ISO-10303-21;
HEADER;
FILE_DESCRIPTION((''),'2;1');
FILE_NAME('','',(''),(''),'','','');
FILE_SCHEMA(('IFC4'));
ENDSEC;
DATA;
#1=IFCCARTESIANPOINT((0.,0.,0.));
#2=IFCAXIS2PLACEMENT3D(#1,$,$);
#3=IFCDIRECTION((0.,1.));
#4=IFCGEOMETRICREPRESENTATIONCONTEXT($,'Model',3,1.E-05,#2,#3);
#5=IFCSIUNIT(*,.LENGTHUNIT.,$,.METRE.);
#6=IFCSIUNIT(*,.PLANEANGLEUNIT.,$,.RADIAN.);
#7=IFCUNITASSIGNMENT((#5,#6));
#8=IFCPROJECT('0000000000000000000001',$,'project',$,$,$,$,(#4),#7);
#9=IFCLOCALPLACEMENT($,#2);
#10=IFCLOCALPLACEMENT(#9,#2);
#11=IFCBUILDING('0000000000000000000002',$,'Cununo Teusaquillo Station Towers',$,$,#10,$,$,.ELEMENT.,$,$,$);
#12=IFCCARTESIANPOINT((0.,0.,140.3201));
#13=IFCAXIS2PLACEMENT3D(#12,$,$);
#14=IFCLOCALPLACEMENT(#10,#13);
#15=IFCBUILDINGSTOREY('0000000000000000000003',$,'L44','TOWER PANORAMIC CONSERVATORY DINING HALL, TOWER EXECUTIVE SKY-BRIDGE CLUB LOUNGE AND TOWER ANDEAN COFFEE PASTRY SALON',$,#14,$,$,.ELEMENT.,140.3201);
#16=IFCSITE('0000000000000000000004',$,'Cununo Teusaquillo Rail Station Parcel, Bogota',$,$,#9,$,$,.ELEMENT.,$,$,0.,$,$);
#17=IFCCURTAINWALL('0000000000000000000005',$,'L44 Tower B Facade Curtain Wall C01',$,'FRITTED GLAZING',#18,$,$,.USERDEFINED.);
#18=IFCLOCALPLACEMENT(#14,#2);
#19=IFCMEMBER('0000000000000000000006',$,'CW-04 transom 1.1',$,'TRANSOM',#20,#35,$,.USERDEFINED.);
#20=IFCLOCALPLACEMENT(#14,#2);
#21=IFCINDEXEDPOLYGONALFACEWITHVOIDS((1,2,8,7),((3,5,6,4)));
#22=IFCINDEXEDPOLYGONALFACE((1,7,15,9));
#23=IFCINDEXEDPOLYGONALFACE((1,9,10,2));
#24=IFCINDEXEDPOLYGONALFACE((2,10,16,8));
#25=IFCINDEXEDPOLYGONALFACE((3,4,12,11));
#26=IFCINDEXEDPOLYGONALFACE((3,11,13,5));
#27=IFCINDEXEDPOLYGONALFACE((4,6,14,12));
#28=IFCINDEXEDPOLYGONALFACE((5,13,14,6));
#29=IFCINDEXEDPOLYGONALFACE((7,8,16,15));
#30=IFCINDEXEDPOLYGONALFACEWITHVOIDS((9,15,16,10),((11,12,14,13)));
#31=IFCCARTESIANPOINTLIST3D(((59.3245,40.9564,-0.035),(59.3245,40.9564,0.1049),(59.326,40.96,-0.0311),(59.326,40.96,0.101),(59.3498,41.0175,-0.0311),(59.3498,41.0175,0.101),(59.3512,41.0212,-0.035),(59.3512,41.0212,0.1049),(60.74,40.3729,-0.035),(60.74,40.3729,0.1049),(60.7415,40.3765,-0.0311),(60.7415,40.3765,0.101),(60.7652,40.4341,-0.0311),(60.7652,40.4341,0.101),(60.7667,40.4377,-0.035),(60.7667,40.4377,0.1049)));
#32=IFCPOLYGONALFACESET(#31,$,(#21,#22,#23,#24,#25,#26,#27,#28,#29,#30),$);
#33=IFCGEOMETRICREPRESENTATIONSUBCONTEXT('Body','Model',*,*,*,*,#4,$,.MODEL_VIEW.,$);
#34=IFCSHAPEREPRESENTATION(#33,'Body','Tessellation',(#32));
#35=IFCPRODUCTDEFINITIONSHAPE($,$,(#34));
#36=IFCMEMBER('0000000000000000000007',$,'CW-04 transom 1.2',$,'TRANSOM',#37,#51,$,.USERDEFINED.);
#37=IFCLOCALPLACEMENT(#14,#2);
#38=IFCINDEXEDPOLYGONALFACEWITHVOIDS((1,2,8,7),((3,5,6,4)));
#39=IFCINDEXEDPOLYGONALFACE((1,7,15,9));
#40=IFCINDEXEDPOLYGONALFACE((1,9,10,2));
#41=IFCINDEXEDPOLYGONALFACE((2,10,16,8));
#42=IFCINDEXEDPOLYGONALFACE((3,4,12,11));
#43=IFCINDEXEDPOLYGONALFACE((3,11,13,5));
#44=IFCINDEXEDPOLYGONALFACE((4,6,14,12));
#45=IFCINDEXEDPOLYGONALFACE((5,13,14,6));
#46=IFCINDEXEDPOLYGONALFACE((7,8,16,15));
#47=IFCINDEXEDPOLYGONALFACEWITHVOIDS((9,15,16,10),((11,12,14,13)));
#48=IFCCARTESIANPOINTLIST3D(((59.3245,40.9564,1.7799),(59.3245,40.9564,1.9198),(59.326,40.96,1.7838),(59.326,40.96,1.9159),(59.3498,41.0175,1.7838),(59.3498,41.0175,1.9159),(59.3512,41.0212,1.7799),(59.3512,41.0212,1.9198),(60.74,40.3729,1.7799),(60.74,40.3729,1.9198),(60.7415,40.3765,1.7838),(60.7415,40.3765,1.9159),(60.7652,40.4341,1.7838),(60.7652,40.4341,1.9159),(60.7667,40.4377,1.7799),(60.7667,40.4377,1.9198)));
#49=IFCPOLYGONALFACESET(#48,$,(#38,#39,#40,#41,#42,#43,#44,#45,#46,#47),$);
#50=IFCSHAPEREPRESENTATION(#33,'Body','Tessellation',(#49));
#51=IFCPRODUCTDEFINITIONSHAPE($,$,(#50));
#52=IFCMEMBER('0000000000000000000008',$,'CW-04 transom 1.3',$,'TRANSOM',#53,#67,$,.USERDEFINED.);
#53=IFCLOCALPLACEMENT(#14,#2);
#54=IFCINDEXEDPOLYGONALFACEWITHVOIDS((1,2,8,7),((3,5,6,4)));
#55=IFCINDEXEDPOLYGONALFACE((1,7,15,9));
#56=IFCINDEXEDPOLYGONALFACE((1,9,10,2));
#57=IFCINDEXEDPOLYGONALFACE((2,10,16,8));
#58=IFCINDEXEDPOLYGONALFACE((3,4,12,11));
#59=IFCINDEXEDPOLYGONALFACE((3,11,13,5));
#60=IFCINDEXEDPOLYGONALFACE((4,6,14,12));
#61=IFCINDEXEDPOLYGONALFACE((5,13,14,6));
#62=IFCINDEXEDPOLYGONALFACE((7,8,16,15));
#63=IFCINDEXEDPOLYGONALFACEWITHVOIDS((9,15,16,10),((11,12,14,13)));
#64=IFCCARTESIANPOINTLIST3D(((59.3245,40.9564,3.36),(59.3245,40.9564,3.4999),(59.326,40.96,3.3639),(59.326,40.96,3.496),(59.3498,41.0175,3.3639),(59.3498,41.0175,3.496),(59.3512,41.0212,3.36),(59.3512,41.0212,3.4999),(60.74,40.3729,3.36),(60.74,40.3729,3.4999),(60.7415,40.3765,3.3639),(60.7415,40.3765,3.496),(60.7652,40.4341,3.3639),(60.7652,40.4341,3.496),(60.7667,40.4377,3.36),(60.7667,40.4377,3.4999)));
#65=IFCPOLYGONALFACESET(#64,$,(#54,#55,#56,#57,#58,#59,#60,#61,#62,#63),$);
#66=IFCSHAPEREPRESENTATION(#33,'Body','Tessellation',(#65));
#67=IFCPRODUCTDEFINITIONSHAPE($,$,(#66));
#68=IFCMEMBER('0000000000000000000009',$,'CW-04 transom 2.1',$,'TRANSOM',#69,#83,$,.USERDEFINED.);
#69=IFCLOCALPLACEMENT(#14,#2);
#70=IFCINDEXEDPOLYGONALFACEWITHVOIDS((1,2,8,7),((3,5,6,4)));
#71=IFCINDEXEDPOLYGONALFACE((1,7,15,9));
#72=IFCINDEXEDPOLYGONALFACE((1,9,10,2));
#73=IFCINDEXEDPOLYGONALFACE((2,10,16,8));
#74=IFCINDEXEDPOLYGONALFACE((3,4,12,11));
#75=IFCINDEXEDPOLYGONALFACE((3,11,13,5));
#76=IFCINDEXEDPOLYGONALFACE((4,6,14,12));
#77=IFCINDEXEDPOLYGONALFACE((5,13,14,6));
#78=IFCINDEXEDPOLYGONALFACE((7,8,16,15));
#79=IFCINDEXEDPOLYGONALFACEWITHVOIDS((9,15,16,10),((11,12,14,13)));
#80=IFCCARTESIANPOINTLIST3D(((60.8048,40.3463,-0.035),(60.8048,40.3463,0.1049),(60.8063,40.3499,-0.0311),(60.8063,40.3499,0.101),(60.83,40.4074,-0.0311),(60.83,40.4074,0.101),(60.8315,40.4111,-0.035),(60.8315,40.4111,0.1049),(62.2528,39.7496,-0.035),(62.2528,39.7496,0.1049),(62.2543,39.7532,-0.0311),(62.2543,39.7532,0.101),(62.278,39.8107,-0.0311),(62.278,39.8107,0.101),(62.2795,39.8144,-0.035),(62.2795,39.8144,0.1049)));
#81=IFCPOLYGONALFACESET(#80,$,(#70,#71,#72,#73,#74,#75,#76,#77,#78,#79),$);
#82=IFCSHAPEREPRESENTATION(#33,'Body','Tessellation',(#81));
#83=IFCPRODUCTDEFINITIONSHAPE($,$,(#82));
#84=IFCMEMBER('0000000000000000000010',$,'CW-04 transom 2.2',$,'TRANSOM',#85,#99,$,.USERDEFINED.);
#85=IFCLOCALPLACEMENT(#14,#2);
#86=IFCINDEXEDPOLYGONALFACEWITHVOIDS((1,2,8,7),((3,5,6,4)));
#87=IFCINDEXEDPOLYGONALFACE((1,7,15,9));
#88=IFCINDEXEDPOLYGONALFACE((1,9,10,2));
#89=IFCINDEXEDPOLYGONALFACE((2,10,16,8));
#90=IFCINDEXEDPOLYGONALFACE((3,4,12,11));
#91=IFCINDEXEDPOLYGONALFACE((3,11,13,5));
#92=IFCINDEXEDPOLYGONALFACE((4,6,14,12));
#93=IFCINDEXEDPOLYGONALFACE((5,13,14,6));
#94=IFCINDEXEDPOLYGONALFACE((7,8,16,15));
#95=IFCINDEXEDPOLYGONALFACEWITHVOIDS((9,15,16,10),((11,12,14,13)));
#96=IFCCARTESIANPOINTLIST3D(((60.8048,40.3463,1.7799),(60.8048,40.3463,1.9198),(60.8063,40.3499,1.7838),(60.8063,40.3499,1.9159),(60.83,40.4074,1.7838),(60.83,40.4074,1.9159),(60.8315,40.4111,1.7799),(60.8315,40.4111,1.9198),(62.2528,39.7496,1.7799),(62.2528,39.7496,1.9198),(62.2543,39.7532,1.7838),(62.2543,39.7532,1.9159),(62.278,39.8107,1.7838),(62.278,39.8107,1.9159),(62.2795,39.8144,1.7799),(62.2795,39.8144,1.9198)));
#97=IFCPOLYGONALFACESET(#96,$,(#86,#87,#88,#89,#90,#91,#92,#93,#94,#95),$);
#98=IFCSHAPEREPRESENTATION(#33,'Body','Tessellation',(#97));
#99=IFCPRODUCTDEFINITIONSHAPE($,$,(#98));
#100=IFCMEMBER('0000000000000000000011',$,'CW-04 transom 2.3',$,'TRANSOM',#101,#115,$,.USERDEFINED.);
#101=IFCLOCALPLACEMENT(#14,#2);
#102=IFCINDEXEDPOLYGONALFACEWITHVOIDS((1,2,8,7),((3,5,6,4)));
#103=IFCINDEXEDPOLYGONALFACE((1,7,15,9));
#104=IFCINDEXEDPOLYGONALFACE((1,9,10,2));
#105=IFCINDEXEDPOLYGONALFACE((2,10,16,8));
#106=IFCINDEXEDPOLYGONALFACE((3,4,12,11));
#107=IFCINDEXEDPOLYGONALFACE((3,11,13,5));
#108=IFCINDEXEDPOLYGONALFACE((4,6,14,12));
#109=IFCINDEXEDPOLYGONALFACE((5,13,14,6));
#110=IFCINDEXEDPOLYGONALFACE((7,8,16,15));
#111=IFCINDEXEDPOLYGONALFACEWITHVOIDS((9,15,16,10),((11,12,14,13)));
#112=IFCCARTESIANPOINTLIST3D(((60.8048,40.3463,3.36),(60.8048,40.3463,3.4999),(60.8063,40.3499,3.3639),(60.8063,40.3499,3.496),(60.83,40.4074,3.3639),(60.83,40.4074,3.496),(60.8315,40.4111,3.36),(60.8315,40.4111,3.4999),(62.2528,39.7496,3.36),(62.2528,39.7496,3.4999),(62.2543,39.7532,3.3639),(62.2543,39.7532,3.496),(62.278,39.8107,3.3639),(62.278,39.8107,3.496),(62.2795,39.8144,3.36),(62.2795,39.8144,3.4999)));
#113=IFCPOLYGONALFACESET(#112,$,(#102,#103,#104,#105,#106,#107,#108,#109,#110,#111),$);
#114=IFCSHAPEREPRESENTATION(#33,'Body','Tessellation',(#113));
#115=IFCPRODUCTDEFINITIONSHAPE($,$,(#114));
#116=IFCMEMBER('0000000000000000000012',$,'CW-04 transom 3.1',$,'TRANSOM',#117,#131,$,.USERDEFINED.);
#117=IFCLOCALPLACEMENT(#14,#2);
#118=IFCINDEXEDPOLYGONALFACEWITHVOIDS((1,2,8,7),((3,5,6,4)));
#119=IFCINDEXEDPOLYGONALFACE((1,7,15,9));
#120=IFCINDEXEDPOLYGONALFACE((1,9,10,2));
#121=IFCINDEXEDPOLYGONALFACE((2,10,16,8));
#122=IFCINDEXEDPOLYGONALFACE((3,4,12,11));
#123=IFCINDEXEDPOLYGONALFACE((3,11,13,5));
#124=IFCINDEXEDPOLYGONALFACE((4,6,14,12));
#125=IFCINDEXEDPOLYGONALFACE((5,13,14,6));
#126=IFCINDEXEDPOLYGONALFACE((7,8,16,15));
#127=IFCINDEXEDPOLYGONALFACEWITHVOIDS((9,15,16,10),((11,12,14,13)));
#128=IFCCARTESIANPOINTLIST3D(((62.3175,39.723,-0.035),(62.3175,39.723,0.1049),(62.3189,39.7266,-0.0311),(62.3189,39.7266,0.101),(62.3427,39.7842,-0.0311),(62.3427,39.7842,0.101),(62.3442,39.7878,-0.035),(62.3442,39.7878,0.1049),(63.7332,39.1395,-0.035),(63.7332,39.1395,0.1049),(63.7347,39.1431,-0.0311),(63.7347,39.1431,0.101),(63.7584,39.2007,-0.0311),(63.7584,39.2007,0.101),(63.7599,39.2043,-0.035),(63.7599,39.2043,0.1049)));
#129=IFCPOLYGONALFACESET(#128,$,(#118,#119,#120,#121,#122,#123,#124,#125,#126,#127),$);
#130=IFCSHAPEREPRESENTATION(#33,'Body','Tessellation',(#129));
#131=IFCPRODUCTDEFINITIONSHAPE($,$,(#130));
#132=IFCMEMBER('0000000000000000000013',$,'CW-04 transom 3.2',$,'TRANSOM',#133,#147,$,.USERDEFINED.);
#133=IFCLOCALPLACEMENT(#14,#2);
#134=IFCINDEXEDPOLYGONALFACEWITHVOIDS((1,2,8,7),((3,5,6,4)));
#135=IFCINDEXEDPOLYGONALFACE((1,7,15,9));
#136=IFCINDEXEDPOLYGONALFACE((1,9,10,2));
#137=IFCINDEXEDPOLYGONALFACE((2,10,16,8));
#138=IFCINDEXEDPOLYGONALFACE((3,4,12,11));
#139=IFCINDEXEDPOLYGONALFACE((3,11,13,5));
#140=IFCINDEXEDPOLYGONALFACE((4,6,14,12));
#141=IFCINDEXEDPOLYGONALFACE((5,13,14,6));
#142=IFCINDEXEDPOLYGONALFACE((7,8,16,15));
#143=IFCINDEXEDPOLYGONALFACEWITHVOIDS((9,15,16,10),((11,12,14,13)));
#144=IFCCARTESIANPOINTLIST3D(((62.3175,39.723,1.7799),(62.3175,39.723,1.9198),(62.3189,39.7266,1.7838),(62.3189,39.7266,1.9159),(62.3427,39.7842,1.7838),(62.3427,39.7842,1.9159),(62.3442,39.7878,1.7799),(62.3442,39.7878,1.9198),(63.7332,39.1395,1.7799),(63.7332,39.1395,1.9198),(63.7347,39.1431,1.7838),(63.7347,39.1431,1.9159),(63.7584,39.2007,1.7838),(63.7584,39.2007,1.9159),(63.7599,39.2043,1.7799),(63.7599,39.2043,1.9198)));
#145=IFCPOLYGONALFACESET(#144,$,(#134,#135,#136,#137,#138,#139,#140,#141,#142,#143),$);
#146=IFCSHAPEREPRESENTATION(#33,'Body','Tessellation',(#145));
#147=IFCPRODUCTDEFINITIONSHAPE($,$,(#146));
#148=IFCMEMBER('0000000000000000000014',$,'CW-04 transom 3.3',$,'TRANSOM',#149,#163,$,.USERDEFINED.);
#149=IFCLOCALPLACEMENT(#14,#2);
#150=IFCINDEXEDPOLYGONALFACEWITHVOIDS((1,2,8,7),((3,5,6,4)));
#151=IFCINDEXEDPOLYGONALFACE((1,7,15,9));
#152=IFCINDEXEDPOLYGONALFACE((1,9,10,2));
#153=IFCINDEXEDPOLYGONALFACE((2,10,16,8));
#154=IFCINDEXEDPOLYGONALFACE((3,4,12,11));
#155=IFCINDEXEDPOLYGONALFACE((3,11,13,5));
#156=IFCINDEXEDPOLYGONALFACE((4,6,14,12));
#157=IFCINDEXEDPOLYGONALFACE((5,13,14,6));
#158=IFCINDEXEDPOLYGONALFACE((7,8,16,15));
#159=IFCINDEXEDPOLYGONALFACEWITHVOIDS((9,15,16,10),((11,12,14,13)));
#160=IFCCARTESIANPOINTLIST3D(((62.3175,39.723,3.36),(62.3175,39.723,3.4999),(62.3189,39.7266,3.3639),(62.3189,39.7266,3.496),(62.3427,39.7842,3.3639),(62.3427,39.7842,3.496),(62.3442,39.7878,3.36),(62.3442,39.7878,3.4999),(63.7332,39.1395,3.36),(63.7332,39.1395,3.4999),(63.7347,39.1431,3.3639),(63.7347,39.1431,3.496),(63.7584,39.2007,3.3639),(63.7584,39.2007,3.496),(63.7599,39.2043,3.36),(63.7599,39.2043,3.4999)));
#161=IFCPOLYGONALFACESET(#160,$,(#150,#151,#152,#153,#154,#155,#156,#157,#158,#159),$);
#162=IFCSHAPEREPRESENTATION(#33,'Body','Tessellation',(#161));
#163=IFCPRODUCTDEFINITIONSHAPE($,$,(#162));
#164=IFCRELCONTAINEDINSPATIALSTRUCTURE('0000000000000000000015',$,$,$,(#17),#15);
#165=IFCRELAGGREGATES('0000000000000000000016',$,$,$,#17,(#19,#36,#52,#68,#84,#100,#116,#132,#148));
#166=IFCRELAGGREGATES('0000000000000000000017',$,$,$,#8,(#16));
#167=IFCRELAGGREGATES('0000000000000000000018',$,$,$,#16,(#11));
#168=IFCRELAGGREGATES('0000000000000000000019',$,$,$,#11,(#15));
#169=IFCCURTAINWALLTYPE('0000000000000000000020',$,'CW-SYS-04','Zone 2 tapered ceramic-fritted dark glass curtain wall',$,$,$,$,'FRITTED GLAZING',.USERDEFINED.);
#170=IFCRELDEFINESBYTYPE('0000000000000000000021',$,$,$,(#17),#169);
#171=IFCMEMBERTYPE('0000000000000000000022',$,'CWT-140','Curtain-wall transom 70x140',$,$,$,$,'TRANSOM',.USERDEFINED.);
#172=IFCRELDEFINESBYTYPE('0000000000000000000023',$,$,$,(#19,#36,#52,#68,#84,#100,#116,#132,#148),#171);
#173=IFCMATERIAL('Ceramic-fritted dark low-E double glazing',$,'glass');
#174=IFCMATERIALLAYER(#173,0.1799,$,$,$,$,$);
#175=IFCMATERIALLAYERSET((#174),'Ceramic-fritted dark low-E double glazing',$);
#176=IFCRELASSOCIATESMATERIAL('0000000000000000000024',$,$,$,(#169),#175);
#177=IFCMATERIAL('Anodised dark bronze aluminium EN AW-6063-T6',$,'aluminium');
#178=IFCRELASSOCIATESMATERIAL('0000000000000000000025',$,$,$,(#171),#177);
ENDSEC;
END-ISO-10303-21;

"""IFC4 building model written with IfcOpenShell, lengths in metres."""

from ifc_helpers import new_model, si_unit, direction, frame, origin, origin_2d, place, context, subcontext, project, spatial, hollow_rectangle, extrude, material, layer, layer_set, material_profile, profile_set, type_object, element, aggregate, save


model = new_model("IFC4")

# Units and contexts
model_context = context("Model", 3, precision=1e-05, world=origin(), true_north=direction((0.0, 1.0)))
body_context = subcontext(model_context, "Body", "Model", "MODEL_VIEW")
ifc_project = project(units=[si_unit("LENGTHUNIT", "METRE"), si_unit("PLANEANGLEUNIT", "RADIAN")], contexts=[model_context])

# Site, building, storey
site_placement = place(None, origin())
site = spatial("IfcSite", under=ifc_project, at=site_placement, Name="Cununo Teusaquillo Rail Station Parcel, Bogota", CompositionType="ELEMENT", RefElevation=0.0)
building_placement = place(site_placement, origin())
building = spatial("IfcBuilding", under=site, at=building_placement, Name="Cununo Teusaquillo Station Towers", CompositionType="ELEMENT")
storey_placement = place(building_placement, frame((0.0, 0.0, 140.3201)))
storey = spatial("IfcBuildingStorey", under=building, at=storey_placement, Name="L44", Description="TOWER PANORAMIC CONSERVATORY DINING HALL, TOWER EXECUTIVE SKY-BRIDGE CLUB LOUNGE AND TOWER ANDEAN COFFEE PASTRY SALON", CompositionType="ELEMENT", Elevation=140.3201)

# Curtain wall, members
ifc_material_1 = material(Name="Ceramic-fritted dark low-E double glazing", Category="glass")
ifc_layer_1 = layer(ifc_material_1, 0.1799)
ifc_layer_set_1 = layer_set([ifc_layer_1], Name="Ceramic-fritted dark low-E double glazing")
curtain_wall_type = type_object("IfcCurtainWallType", Name="CW-SYS-04", Description="Zone 2 tapered ceramic-fritted dark glass curtain wall", ElementType="FRITTED GLAZING", PredefinedType="USERDEFINED", material=ifc_layer_set_1)
curtain_wall_placement = place(storey_placement, origin())
curtain_wall = element("IfcCurtainWall", 1, at=curtain_wall_placement, inside=storey, type_object=curtain_wall_type, Name="L44 Tower B Facade Curtain Wall C01", ObjectType="FRITTED GLAZING", PredefinedType="USERDEFINED")
ifc_material_2 = material(Name="Anodised dark bronze aluminium EN AW-6063-T6", Category="aluminium")
ifc_material_profile_1 = material_profile(ifc_material_2, hollow_rectangle(XDim=0.0701, YDim=0.1399, WallThickness=0.0039, at=origin_2d()), Name="CW-TRAN-70x140")
ifc_profile_set_1 = profile_set([ifc_material_profile_1], Name="Anodised dark bronze aluminium EN AW-6063-T6")
member_type_1 = type_object("IfcMemberType", Name="CWT-140", Description="Curtain-wall transom 70x140", ElementType="TRANSOM", PredefinedType="USERDEFINED", material=ifc_profile_set_1)
member_1_placement = place(storey_placement, frame((59.3379, 40.9888, 0.0349), z_axis=(0.924533, -0.381103, 0.0), x_axis=(0.381103, 0.924533, 0.0)))
member_1 = element("IfcMember", 2, at=member_1_placement, type_object=member_type_1, Name="CW-04 transom 1.1", ObjectType="TRANSOM", PredefinedType="USERDEFINED", context=body_context, shape_type="SweptSolid", body=[
    extrude(hollow_rectangle(XDim=0.0701, YDim=0.1399, WallThickness=0.0039, at=origin_2d()), origin(), (0.0, 0.0, 1.0), 1.531),
])
member_2_placement = place(storey_placement, frame((59.3379, 40.9888, 1.8499), z_axis=(0.924533, -0.381103, 0.0), x_axis=(0.381103, 0.924533, 0.0)))
member_2 = element("IfcMember", 3, at=member_2_placement, type_object=member_type_1, Name="CW-04 transom 1.2", ObjectType="TRANSOM", PredefinedType="USERDEFINED", context=body_context, shape_type="SweptSolid", body=[
    extrude(hollow_rectangle(XDim=0.0701, YDim=0.1399, WallThickness=0.0039, at=origin_2d()), origin(), (0.0, 0.0, 1.0), 1.531),
])
member_3_placement = place(storey_placement, frame((59.3379, 40.9888, 3.4299), z_axis=(0.924533, -0.381103, 0.0), x_axis=(0.381103, 0.924533, 0.0)))
member_3 = element("IfcMember", 4, at=member_3_placement, type_object=member_type_1, Name="CW-04 transom 1.3", ObjectType="TRANSOM", PredefinedType="USERDEFINED", context=body_context, shape_type="SweptSolid", body=[
    extrude(hollow_rectangle(XDim=0.0701, YDim=0.1399, WallThickness=0.0039, at=origin_2d()), origin(), (0.0, 0.0, 1.0), 1.531),
])
member_4_placement = place(storey_placement, frame((60.8181, 40.3787, 0.0349), z_axis=(0.924578, -0.380993, 0.0), x_axis=(0.380993, 0.924578, 0.0)))
member_4 = element("IfcMember", 5, at=member_4_placement, type_object=member_type_1, Name="CW-04 transom 2.1", ObjectType="TRANSOM", PredefinedType="USERDEFINED", context=body_context, shape_type="SweptSolid", body=[
    extrude(hollow_rectangle(XDim=0.0701, YDim=0.1399, WallThickness=0.0039, at=origin_2d()), origin(), (0.0, 0.0, 1.0), 1.5662),
])
member_5_placement = place(storey_placement, frame((60.8181, 40.3787, 1.8499), z_axis=(0.924578, -0.380993, 0.0), x_axis=(0.380993, 0.924578, 0.0)))
member_5 = element("IfcMember", 6, at=member_5_placement, type_object=member_type_1, Name="CW-04 transom 2.2", ObjectType="TRANSOM", PredefinedType="USERDEFINED", context=body_context, shape_type="SweptSolid", body=[
    extrude(hollow_rectangle(XDim=0.0701, YDim=0.1399, WallThickness=0.0039, at=origin_2d()), origin(), (0.0, 0.0, 1.0), 1.5662),
])
member_6_placement = place(storey_placement, frame((60.8181, 40.3787, 3.4299), z_axis=(0.924578, -0.380993, 0.0), x_axis=(0.380993, 0.924578, 0.0)))
member_6 = element("IfcMember", 7, at=member_6_placement, type_object=member_type_1, Name="CW-04 transom 2.3", ObjectType="TRANSOM", PredefinedType="USERDEFINED", context=body_context, shape_type="SweptSolid", body=[
    extrude(hollow_rectangle(XDim=0.0701, YDim=0.1399, WallThickness=0.0039, at=origin_2d()), origin(), (0.0, 0.0, 1.0), 1.5662),
])
member_7_placement = place(storey_placement, frame((62.3308, 39.7554, 0.0349), z_axis=(0.924556, -0.381046, 0.0), x_axis=(0.381046, 0.924556, 0.0)))
member_7 = element("IfcMember", 8, at=member_7_placement, type_object=member_type_1, Name="CW-04 transom 3.1", ObjectType="TRANSOM", PredefinedType="USERDEFINED", context=body_context, shape_type="SweptSolid", body=[
    extrude(hollow_rectangle(XDim=0.0701, YDim=0.1399, WallThickness=0.0039, at=origin_2d()), origin(), (0.0, 0.0, 1.0), 1.5312),
])
member_8_placement = place(storey_placement, frame((62.3308, 39.7554, 1.8499), z_axis=(0.924556, -0.381046, 0.0), x_axis=(0.381046, 0.924556, 0.0)))
member_8 = element("IfcMember", 9, at=member_8_placement, type_object=member_type_1, Name="CW-04 transom 3.2", ObjectType="TRANSOM", PredefinedType="USERDEFINED", context=body_context, shape_type="SweptSolid", body=[
    extrude(hollow_rectangle(XDim=0.0701, YDim=0.1399, WallThickness=0.0039, at=origin_2d()), origin(), (0.0, 0.0, 1.0), 1.5312),
])
member_9_placement = place(storey_placement, frame((62.3308, 39.7554, 3.4299), z_axis=(0.924556, -0.381046, 0.0), x_axis=(0.381046, 0.924556, 0.0)))
member_9 = element("IfcMember", 10, at=member_9_placement, type_object=member_type_1, Name="CW-04 transom 3.3", ObjectType="TRANSOM", PredefinedType="USERDEFINED", context=body_context, shape_type="SweptSolid", body=[
    extrude(hollow_rectangle(XDim=0.0701, YDim=0.1399, WallThickness=0.0039, at=origin_2d()), origin(), (0.0, 0.0, 1.0), 1.5312),
])

aggregate(curtain_wall, [member_1, member_2, member_3, member_4, member_5, member_6, member_7, member_8, member_9])

save(model, "model.ifc")
